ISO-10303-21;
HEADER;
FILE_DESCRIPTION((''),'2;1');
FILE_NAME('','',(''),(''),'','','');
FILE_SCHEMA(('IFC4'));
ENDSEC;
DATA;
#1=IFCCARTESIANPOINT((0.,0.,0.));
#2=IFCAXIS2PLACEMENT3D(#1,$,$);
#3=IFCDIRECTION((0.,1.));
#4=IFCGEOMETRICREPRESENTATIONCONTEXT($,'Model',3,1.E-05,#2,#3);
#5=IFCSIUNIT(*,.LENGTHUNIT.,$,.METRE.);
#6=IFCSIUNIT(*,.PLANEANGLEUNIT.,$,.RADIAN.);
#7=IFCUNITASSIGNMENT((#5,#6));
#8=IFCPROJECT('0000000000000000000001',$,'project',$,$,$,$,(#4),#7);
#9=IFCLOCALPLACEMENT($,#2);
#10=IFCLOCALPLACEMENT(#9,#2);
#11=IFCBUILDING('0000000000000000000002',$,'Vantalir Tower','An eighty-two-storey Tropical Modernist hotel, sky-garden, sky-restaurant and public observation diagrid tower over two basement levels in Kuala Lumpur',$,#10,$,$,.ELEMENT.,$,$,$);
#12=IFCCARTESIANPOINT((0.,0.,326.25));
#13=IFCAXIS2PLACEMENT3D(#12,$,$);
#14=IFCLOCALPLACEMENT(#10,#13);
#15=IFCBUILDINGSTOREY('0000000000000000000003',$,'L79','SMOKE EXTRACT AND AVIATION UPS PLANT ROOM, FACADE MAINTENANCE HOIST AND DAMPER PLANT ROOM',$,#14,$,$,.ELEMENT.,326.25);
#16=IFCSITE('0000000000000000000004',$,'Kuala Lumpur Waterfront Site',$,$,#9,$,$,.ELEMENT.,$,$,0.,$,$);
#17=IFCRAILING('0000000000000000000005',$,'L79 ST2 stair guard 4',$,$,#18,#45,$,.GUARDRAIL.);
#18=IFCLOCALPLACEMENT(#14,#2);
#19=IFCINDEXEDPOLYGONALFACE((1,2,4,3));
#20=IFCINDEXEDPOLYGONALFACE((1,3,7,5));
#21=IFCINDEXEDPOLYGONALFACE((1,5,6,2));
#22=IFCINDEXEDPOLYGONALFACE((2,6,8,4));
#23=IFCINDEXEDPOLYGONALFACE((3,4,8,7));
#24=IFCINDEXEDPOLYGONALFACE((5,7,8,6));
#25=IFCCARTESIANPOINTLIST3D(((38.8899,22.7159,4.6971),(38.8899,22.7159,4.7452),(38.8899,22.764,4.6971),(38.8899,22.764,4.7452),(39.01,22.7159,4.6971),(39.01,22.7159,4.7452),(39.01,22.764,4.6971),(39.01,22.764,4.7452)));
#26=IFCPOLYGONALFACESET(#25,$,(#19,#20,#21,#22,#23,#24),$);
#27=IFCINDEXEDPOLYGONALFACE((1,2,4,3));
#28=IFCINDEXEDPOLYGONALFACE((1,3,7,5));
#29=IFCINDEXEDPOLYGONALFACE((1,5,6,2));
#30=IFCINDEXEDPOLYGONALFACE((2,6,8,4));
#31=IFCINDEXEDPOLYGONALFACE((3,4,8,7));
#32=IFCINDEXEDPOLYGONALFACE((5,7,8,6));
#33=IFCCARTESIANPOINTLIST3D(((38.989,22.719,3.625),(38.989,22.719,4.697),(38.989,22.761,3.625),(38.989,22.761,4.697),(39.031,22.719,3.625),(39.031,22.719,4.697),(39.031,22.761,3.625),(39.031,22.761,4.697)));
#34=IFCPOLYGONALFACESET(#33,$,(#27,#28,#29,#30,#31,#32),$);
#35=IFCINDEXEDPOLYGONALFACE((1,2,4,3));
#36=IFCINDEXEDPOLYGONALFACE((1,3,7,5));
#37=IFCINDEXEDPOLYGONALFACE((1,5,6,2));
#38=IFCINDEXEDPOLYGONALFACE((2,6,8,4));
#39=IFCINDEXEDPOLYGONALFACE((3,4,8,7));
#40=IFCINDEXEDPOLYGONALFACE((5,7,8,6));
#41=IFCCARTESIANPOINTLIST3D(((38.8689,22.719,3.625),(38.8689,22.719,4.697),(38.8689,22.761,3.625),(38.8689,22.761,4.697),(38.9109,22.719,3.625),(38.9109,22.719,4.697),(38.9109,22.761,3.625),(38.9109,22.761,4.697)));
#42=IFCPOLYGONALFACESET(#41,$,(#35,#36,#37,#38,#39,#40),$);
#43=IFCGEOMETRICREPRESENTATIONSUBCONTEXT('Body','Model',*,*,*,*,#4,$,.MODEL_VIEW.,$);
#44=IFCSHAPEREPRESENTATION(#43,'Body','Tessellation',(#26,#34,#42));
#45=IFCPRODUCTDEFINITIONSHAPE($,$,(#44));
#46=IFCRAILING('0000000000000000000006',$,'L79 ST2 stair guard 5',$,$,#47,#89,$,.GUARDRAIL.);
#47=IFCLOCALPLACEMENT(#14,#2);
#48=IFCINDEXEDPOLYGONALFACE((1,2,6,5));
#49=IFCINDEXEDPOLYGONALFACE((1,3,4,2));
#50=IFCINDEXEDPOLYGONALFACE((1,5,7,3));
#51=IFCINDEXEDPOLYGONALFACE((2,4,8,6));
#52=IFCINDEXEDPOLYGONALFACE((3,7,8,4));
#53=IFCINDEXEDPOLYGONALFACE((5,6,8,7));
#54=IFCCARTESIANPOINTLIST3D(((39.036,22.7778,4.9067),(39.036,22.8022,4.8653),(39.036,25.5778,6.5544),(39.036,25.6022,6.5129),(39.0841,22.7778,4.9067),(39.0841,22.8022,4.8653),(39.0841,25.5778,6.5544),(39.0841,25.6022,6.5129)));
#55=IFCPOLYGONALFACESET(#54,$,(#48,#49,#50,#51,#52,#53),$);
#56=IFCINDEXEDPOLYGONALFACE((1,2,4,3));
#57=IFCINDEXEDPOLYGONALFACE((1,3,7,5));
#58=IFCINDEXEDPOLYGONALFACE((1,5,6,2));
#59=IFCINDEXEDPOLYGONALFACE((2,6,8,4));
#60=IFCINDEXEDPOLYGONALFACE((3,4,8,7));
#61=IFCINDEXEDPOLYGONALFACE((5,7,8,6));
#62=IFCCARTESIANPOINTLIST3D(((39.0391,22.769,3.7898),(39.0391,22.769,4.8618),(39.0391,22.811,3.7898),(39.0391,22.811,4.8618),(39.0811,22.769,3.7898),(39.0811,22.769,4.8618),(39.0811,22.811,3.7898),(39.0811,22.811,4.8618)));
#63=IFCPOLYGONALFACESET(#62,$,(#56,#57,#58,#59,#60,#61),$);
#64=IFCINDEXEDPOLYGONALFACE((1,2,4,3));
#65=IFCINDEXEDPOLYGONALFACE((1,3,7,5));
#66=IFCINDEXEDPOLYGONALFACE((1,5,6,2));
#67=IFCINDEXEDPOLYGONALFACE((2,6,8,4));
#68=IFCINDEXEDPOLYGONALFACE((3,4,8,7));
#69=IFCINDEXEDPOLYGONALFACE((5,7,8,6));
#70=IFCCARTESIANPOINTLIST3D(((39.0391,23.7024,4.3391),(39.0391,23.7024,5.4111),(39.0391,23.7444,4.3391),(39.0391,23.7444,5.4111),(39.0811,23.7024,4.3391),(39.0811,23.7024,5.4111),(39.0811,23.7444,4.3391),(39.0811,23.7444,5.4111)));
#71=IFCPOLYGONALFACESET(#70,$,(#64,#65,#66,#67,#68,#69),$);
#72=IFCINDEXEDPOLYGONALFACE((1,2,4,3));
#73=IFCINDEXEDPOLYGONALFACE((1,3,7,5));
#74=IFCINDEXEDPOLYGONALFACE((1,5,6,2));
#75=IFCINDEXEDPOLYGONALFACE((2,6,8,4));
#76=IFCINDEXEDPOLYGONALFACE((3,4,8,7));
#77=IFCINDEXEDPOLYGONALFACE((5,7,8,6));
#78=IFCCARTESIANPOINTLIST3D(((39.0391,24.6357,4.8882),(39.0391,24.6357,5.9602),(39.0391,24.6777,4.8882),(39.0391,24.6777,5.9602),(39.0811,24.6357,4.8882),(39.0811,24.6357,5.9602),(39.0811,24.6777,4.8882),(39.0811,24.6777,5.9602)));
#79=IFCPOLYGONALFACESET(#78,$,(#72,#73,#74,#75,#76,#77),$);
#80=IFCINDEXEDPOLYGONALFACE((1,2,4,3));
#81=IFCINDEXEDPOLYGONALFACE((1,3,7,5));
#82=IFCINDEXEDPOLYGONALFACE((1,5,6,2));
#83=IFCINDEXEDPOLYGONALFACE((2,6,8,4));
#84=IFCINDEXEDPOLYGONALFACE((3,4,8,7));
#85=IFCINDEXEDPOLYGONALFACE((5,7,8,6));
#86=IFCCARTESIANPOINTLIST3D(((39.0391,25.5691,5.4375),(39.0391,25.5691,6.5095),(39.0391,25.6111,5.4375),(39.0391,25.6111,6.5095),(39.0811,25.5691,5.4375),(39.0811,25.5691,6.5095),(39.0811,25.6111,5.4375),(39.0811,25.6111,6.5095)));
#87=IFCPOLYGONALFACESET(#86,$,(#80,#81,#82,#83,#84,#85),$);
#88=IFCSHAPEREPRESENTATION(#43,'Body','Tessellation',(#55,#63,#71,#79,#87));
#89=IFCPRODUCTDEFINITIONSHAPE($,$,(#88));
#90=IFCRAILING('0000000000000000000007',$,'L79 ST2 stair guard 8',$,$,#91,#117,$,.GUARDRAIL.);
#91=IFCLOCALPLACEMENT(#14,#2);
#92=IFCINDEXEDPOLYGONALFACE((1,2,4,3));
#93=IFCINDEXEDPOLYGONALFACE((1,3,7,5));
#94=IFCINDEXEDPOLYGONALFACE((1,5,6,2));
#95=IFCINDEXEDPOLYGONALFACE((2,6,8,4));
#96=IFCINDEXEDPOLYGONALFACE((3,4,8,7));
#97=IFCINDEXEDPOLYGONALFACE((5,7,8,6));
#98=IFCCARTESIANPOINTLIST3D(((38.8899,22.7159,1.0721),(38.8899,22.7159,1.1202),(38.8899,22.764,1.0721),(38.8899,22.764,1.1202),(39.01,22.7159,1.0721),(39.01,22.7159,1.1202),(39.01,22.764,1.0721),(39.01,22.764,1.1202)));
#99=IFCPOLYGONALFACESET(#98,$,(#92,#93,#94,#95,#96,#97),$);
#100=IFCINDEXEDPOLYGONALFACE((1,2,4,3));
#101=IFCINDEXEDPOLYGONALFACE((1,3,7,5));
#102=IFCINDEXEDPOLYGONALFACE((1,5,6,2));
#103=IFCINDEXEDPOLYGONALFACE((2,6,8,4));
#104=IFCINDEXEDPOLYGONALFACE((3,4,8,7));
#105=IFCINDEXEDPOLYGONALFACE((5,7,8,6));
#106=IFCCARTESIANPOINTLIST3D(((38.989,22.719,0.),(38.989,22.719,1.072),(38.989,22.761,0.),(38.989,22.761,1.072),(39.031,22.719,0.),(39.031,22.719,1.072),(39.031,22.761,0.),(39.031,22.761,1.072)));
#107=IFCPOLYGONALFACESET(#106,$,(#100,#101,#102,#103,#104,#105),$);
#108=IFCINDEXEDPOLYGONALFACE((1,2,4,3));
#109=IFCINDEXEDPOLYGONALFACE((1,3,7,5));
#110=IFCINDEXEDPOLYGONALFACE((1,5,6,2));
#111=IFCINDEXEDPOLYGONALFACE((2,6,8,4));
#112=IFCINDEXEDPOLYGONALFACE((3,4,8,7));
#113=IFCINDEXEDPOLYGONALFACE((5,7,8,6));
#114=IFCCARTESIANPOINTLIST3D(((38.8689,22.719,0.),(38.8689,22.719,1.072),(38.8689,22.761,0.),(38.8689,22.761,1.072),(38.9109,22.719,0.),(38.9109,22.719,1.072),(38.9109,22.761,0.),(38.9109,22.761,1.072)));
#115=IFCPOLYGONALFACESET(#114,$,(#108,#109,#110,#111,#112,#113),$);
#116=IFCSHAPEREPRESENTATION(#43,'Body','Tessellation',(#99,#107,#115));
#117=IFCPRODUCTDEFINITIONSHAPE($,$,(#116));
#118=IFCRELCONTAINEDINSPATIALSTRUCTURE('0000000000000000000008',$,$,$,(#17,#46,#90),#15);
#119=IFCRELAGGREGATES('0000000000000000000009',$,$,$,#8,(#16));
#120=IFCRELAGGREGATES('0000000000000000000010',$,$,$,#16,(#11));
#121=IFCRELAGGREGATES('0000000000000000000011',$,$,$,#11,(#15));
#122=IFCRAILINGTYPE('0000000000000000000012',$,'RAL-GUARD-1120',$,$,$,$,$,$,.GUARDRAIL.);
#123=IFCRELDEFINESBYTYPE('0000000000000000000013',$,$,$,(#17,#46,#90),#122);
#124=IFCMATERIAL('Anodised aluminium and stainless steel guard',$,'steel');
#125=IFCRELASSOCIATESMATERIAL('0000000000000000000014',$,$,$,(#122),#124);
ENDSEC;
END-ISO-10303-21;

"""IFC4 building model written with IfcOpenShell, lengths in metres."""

from ifc_helpers import new_model, si_unit, direction, frame, origin, origin_2d, place, context, subcontext, project, spatial, rectangle, extrude, material, type_object, element, save


model = new_model("IFC4")

# Units and contexts
model_context = context("Model", 3, precision=1e-05, world=origin(), true_north=direction((0.0, 1.0)))
body_context = subcontext(model_context, "Body", "Model", "MODEL_VIEW")
ifc_project = project(units=[si_unit("LENGTHUNIT", "METRE"), si_unit("PLANEANGLEUNIT", "RADIAN")], contexts=[model_context])

# Site, building, storey
site_placement = place(None, origin())
site = spatial("IfcSite", under=ifc_project, at=site_placement, Name="Kuala Lumpur Waterfront Site", CompositionType="ELEMENT", RefElevation=0.0)
building_placement = place(site_placement, origin())
building = spatial("IfcBuilding", under=site, at=building_placement, Name="Vantalir Tower", Description="An eighty-two-storey Tropical Modernist hotel, sky-garden, sky-restaurant and public observation diagrid tower over two basement levels in Kuala Lumpur", CompositionType="ELEMENT")
storey_placement = place(building_placement, frame((0.0, 0.0, 326.25)))
storey = spatial("IfcBuildingStorey", under=building, at=storey_placement, Name="L79", Description="SMOKE EXTRACT AND AVIATION UPS PLANT ROOM, FACADE MAINTENANCE HOIST AND DAMPER PLANT ROOM", CompositionType="ELEMENT", Elevation=326.25)

# Railings
ifc_material_1 = material(Name="Anodised aluminium and stainless steel guard", Category="steel")
railing_type = type_object("IfcRailingType", Name="RAL-GUARD-1120", PredefinedType="GUARDRAIL", material=ifc_material_1)
railing_1_placement = place(storey_placement, frame((39.01, 22.74, 3.625)))
element("IfcRailing", 1, at=railing_1_placement, inside=storey, type_object=railing_type, Name="L79 ST2 stair guard 4", PredefinedType="GUARDRAIL", context=body_context, shape_type="SweptSolid", body=[
    extrude(rectangle(XDim=0.0481, YDim=0.0481, at=origin_2d()), frame((0.0, 0.0, 1.0962), z_axis=(-1.0, 0.0, 0.0), x_axis=(0.0, -1.0, 0.0)), (0.0, 0.0, 1.0), 0.1201),
    extrude(rectangle(XDim=0.042, YDim=0.042, at=origin_2d()), origin(), (0.0, 0.0, 1.0), 1.072),
    extrude(rectangle(XDim=0.042, YDim=0.042, at=origin_2d()), frame((-0.1201, 0.0, 0.0)), (0.0, 0.0, 1.0), 1.072),
])
railing_2_placement = place(storey_placement, frame((39.0601, 22.79, 3.7898)))
element("IfcRailing", 2, at=railing_2_placement, inside=storey, type_object=railing_type, Name="L79 ST2 stair guard 5", PredefinedType="GUARDRAIL", context=body_context, shape_type="SweptSolid", body=[
    extrude(rectangle(XDim=0.0481, YDim=0.0481, at=origin_2d()), frame((0.0, 0.0, 1.0962), z_axis=(0.0, 0.861851, 0.507161), x_axis=(-1.0, 0.0, 0.0)), (0.0, 0.0, 1.0), 3.2488),
    extrude(rectangle(XDim=0.042, YDim=0.042, at=origin_2d()), origin(), (0.0, 0.0, 1.0), 1.072),
    extrude(rectangle(XDim=0.042, YDim=0.042, at=origin_2d()), frame((0.0, 0.9333, 0.5493)), (0.0, 0.0, 1.0), 1.072),
    extrude(rectangle(XDim=0.042, YDim=0.042, at=origin_2d()), frame((0.0, 1.8667, 1.0984)), (0.0, 0.0, 1.0), 1.072),
    extrude(rectangle(XDim=0.042, YDim=0.042, at=origin_2d()), frame((0.0, 2.8, 1.6477)), (0.0, 0.0, 1.0), 1.072),
])
railing_3_placement = place(storey_placement, frame((39.01, 22.74, 0.0)))
element("IfcRailing", 3, at=railing_3_placement, inside=storey, type_object=railing_type, Name="L79 ST2 stair guard 8", PredefinedType="GUARDRAIL", context=body_context, shape_type="SweptSolid", body=[
    extrude(rectangle(XDim=0.0481, YDim=0.0481, at=origin_2d()), frame((0.0, 0.0, 1.0962), z_axis=(-1.0, 0.0, 0.0), x_axis=(0.0, -1.0, 0.0)), (0.0, 0.0, 1.0), 0.1201),
    extrude(rectangle(XDim=0.042, YDim=0.042, at=origin_2d()), origin(), (0.0, 0.0, 1.0), 1.072),
    extrude(rectangle(XDim=0.042, YDim=0.042, at=origin_2d()), frame((-0.1201, 0.0, 0.0)), (0.0, 0.0, 1.0), 1.072),
])

save(model, "model.ifc")
